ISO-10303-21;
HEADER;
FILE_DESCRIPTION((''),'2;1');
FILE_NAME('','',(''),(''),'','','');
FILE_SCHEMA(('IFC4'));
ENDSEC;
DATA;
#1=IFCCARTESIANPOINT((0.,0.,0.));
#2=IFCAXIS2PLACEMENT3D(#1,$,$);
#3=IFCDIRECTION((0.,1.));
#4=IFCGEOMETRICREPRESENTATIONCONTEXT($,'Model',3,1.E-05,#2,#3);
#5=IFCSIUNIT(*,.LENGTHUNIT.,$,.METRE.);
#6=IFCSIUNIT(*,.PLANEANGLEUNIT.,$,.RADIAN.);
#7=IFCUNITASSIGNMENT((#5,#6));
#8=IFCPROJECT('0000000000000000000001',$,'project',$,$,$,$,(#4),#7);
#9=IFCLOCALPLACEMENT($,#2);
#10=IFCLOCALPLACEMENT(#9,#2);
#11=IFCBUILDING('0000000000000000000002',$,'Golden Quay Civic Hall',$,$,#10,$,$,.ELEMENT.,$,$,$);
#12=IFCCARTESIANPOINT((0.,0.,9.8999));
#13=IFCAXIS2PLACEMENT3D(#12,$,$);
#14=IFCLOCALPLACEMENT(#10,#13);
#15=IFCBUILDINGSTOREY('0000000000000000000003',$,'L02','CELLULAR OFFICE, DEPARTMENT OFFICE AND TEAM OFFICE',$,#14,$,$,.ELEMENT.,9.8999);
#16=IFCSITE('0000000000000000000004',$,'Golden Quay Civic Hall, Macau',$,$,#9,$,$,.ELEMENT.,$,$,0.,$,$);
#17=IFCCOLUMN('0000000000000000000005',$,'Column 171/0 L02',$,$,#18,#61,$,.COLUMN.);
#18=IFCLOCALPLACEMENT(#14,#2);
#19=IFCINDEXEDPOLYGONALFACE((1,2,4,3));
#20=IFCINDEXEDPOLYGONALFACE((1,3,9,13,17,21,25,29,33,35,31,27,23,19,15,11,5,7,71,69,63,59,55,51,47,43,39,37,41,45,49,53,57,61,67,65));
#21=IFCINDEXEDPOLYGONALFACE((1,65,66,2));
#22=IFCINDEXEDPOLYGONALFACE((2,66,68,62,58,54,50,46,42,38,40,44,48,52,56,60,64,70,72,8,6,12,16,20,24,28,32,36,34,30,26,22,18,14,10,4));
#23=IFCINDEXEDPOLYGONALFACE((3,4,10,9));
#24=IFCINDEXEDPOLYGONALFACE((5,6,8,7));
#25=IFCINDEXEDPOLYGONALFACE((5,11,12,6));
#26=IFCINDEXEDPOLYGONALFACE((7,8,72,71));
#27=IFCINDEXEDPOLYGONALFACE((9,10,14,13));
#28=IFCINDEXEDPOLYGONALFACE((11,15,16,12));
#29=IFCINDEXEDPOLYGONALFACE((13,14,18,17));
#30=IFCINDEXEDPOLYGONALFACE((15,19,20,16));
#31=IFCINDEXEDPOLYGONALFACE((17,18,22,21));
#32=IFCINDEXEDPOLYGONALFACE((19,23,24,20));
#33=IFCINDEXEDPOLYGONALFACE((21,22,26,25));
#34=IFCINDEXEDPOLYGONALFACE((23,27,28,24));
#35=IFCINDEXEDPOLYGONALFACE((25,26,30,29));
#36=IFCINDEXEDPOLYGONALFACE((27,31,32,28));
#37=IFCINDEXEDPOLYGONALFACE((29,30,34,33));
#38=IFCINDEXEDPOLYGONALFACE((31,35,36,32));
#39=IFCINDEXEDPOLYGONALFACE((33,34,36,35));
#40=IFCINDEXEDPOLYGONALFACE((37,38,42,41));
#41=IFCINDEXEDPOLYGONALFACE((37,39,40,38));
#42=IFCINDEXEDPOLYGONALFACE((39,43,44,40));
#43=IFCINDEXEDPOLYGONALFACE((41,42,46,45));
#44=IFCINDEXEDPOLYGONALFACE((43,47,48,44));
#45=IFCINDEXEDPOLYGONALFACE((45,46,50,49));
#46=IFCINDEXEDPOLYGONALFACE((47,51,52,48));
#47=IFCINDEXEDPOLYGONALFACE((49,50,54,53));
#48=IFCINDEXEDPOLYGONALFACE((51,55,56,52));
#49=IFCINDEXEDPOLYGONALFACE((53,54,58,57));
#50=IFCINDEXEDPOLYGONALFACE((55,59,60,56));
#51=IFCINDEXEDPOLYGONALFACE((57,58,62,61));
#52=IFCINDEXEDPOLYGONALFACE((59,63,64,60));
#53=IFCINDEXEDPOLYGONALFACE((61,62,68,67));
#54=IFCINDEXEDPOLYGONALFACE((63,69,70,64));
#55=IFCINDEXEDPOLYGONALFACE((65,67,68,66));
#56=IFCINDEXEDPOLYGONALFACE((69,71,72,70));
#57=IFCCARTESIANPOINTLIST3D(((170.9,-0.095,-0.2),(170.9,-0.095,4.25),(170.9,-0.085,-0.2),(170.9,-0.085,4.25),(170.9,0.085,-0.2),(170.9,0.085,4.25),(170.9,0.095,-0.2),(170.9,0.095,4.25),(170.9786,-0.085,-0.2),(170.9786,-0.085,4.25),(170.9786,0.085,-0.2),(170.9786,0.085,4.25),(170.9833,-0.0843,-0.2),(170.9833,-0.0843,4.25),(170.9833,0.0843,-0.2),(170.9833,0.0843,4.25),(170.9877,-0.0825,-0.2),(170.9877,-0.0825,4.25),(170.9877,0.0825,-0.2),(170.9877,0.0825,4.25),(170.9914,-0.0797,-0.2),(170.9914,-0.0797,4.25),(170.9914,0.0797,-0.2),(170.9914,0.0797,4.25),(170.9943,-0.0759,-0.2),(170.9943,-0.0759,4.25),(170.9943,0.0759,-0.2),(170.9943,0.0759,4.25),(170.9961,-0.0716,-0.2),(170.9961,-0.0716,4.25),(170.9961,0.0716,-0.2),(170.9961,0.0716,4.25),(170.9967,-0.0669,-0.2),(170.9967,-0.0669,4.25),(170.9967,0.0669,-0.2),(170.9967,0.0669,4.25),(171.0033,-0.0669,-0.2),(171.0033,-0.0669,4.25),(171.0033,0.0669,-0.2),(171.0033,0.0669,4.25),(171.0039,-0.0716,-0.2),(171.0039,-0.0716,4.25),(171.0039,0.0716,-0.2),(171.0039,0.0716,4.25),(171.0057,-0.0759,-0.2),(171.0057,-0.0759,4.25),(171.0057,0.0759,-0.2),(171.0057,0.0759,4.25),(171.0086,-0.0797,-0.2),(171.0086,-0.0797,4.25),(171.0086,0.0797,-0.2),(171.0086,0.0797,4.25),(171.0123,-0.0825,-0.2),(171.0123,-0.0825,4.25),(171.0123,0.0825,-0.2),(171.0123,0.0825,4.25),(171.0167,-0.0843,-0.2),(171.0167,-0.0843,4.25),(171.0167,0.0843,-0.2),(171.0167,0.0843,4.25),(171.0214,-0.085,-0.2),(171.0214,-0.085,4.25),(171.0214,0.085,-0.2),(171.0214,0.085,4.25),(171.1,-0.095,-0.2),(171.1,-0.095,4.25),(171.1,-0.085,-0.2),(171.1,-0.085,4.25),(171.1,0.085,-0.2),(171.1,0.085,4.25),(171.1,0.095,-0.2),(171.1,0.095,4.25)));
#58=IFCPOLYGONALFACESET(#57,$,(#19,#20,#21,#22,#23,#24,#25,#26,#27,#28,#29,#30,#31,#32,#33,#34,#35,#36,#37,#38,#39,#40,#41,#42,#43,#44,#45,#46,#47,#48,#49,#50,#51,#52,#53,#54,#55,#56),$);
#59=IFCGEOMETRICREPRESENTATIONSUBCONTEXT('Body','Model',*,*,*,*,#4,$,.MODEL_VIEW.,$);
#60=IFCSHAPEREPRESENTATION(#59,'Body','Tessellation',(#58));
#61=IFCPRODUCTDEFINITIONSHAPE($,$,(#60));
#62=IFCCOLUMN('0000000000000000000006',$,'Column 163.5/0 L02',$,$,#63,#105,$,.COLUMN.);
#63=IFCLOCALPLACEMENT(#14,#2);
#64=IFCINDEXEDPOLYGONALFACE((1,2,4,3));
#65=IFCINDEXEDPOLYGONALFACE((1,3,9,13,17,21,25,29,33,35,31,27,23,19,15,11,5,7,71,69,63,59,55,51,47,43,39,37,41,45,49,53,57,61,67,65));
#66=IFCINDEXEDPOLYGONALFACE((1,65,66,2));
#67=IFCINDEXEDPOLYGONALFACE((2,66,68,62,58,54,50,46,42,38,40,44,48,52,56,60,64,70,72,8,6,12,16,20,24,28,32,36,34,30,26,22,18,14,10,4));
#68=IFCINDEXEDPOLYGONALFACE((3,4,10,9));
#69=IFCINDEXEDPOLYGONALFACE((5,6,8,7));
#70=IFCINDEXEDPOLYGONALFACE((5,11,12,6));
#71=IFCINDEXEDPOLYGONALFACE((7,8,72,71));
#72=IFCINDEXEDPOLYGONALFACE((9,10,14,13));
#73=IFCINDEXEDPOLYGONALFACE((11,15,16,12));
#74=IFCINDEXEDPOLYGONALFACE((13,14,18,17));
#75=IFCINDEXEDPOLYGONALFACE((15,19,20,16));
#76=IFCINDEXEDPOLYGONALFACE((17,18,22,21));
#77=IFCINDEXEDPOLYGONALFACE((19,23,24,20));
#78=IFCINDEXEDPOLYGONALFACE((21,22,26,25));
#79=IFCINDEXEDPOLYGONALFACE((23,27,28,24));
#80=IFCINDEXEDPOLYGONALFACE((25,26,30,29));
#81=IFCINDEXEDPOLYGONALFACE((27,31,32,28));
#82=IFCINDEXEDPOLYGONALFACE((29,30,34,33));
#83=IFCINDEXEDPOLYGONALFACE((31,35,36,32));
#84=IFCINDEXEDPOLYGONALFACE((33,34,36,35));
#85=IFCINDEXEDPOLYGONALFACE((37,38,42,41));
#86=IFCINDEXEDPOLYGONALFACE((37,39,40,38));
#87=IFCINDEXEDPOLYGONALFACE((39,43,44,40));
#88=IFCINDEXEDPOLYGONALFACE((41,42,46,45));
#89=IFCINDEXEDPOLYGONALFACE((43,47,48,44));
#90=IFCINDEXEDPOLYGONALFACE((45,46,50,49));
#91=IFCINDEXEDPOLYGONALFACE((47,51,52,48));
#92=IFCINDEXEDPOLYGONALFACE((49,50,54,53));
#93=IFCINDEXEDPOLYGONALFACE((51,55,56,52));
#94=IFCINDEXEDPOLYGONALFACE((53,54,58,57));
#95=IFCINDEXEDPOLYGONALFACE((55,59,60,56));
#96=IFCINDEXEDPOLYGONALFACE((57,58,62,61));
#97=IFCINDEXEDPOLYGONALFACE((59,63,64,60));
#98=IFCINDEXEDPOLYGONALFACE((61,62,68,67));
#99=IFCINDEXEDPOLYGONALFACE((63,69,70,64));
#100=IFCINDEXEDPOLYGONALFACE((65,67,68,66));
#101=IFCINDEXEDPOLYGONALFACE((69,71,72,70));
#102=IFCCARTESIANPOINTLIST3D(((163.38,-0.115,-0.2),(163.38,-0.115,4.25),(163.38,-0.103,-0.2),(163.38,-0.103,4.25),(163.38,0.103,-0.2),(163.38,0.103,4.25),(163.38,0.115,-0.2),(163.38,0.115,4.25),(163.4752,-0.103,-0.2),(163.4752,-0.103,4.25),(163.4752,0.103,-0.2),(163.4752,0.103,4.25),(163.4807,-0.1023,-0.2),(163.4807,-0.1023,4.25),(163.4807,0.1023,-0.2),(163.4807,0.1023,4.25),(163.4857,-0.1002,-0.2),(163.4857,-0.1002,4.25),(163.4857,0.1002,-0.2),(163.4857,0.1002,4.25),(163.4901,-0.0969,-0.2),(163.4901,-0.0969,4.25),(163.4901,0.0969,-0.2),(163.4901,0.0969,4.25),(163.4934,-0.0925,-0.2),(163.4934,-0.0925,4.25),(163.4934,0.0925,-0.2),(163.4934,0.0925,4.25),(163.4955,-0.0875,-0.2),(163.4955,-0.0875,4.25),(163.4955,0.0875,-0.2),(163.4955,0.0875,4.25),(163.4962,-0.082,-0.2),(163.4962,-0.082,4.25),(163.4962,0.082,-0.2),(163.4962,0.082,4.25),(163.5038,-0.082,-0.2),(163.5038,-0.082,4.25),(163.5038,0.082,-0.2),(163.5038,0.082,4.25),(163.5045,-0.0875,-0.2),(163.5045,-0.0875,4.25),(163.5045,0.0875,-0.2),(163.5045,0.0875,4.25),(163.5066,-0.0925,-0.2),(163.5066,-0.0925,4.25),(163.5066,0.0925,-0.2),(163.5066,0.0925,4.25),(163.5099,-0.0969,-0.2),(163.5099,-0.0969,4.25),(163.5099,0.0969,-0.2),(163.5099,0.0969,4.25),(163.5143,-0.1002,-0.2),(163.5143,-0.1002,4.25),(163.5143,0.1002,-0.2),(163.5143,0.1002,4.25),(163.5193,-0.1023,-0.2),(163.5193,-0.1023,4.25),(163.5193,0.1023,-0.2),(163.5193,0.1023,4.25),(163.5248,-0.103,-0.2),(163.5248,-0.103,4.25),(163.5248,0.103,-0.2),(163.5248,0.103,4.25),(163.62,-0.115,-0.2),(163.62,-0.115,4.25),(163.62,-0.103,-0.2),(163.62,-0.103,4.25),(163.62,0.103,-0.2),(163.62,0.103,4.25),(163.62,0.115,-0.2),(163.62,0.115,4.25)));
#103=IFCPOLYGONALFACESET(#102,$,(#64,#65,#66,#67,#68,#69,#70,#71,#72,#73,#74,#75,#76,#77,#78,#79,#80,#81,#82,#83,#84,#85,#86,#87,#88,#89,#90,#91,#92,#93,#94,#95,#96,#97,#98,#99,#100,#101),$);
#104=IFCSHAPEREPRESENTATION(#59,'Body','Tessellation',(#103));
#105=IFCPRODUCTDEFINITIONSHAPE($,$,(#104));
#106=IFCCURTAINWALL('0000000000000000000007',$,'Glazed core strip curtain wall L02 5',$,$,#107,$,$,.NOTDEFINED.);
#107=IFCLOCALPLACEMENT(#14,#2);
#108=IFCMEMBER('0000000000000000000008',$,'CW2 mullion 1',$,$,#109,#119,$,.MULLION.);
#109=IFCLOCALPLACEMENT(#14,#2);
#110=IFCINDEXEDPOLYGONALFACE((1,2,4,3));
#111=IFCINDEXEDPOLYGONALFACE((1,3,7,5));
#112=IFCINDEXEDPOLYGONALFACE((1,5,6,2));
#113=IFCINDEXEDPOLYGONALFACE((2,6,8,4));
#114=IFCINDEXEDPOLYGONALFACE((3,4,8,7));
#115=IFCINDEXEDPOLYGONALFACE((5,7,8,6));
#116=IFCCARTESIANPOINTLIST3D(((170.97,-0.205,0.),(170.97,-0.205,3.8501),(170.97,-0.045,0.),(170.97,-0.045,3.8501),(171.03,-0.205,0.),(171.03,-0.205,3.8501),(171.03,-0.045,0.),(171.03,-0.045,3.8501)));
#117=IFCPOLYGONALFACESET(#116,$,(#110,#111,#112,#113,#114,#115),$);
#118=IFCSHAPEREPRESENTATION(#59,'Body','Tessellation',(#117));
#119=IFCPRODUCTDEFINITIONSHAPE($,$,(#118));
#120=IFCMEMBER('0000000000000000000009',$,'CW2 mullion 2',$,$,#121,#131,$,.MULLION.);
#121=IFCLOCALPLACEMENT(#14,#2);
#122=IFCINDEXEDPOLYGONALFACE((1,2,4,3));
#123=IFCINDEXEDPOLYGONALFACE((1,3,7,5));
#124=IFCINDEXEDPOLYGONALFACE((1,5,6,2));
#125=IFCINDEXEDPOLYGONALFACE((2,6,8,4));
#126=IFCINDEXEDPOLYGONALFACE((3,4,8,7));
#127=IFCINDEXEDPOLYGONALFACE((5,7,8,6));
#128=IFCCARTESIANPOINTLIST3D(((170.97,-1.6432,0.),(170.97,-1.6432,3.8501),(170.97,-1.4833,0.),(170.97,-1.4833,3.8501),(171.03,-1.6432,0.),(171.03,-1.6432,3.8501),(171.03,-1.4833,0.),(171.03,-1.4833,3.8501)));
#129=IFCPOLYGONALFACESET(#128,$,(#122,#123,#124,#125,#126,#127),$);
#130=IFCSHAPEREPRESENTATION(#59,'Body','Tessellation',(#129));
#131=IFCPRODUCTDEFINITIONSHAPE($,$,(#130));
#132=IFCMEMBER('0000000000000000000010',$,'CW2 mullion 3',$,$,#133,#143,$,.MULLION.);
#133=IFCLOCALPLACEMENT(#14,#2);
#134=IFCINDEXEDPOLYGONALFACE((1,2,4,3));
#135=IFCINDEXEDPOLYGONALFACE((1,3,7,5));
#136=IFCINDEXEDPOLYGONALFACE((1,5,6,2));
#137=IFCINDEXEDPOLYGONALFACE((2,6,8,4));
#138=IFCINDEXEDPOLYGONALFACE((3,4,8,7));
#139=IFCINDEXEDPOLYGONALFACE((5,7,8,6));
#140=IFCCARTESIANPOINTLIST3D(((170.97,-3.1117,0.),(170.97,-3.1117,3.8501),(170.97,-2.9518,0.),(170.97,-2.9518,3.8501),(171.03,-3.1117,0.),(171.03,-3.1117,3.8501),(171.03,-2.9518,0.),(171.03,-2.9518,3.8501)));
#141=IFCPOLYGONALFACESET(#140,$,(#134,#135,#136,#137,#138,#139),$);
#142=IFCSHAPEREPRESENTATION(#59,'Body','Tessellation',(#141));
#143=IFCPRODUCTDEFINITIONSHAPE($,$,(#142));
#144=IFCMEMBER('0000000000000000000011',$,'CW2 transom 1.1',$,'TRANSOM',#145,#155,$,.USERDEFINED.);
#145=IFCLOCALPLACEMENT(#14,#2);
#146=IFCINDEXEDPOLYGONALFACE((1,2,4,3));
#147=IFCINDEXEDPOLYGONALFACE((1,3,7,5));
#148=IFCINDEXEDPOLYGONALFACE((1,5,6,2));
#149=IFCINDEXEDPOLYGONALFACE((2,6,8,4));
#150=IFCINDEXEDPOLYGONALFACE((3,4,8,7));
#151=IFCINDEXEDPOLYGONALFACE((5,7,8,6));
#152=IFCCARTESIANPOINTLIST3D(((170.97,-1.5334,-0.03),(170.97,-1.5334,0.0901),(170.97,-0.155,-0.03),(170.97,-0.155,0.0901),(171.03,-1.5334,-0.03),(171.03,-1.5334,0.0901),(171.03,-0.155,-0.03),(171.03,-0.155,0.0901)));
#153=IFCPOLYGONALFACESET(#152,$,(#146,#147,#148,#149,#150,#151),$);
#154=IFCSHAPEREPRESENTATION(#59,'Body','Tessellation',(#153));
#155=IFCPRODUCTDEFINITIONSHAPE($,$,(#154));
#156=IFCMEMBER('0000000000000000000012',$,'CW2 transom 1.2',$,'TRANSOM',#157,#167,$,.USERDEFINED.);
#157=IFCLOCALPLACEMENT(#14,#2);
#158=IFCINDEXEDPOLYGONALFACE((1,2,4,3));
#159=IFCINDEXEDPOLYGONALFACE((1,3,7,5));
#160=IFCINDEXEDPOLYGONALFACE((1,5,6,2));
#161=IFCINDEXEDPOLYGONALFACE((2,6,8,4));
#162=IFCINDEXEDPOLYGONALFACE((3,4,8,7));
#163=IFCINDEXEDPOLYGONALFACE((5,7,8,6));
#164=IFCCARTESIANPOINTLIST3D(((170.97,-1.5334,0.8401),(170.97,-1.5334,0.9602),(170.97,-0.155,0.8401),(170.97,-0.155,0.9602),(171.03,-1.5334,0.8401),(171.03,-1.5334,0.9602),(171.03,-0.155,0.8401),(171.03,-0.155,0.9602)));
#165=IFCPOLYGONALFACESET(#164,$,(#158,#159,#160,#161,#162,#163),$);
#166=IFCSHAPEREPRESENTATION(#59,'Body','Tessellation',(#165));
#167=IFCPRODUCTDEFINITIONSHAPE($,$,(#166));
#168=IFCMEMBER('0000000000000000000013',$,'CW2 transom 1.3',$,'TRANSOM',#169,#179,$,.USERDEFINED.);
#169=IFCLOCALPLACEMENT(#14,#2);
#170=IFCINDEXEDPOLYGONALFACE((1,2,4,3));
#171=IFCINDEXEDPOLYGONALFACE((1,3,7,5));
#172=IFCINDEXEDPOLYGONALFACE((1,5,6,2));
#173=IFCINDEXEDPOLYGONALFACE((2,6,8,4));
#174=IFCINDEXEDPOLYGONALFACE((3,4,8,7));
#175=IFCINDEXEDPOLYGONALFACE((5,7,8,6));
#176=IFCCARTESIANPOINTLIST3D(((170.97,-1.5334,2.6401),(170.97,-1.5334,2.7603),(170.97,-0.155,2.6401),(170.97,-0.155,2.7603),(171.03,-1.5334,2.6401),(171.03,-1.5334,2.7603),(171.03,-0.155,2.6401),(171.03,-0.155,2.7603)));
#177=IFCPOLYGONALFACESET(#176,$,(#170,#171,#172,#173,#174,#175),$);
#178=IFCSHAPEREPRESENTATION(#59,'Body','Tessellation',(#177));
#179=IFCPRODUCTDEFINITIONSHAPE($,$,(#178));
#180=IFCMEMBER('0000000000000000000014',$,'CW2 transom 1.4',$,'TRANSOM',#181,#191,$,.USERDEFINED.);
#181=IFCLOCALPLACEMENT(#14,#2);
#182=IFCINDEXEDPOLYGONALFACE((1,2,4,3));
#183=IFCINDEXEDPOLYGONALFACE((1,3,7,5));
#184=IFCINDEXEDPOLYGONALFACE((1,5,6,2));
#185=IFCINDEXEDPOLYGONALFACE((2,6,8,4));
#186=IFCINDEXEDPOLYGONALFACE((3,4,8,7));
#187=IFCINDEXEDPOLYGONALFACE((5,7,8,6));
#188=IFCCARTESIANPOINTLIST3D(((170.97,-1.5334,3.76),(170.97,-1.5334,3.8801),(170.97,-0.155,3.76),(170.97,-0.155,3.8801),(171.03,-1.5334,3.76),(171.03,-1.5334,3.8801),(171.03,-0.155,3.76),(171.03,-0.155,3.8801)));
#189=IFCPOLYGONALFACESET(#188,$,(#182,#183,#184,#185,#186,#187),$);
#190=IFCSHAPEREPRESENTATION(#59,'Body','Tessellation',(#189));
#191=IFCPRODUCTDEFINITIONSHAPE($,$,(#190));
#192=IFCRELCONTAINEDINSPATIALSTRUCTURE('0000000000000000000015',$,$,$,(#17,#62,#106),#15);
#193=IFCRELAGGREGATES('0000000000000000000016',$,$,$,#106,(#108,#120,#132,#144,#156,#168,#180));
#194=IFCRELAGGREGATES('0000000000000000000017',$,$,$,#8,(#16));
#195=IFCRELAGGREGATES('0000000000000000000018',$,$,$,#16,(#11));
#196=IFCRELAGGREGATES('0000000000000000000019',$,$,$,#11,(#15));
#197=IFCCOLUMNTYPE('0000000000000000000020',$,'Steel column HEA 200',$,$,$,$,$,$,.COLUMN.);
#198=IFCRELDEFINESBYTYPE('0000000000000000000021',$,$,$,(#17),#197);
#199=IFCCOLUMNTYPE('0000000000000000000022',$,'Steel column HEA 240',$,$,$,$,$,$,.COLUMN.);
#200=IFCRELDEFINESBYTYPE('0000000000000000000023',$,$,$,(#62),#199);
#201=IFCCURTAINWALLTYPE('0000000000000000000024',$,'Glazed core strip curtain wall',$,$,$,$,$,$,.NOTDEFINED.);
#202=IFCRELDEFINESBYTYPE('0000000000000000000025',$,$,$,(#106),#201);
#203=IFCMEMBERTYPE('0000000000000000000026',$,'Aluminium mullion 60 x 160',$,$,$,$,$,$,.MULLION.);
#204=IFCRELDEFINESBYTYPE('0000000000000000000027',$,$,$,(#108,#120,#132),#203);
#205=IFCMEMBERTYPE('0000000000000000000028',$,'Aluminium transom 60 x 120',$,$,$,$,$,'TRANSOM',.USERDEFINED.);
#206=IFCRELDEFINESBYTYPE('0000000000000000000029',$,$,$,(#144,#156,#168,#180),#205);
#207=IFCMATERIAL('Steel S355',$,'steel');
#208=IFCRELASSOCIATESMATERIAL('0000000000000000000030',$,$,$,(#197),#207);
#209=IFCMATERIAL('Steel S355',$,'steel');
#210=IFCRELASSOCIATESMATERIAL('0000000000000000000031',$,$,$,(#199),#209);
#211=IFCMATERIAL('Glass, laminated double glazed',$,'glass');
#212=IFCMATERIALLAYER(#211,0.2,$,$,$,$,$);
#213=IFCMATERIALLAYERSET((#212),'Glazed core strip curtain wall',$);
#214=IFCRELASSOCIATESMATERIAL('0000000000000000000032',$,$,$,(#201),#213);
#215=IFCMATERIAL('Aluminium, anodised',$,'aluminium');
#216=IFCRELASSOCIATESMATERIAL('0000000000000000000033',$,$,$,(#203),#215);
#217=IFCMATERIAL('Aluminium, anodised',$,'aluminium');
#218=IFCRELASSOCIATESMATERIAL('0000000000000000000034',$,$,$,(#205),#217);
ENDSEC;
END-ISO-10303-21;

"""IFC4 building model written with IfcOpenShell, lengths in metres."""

from ifc_helpers import new_model, si_unit, direction, frame, origin, origin_2d, place, context, subcontext, project, spatial, rectangle, i_section, extrude, material, layer, layer_set, material_profile, profile_set, type_object, element, aggregate, save


model = new_model("IFC4")

# Units and contexts
model_context = context("Model", 3, precision=1e-05, world=origin(), true_north=direction((0.0, 1.0)))
body_context = subcontext(model_context, "Body", "Model", "MODEL_VIEW")
ifc_project = project(units=[si_unit("LENGTHUNIT", "METRE"), si_unit("PLANEANGLEUNIT", "RADIAN")], contexts=[model_context])

# Site, building, storey
site_placement = place(None, origin())
site = spatial("IfcSite", under=ifc_project, at=site_placement, Name="Golden Quay Civic Hall, Macau", CompositionType="ELEMENT", RefElevation=0.0)
building_placement = place(site_placement, origin())
building = spatial("IfcBuilding", under=site, at=building_placement, Name="Golden Quay Civic Hall", CompositionType="ELEMENT")
storey_placement = place(building_placement, frame((0.0, 0.0, 9.8999)))
storey = spatial("IfcBuildingStorey", under=building, at=storey_placement, Name="L02", Description="CELLULAR OFFICE, DEPARTMENT OFFICE AND TEAM OFFICE", CompositionType="ELEMENT", Elevation=9.8999)

# Columns
ifc_material_1 = material(Name="Steel S355", Category="steel")
ifc_material_profile_1 = material_profile(ifc_material_1, i_section(OverallWidth=0.2, OverallDepth=0.1899, WebThickness=0.0066, FlangeThickness=0.01, FilletRadius=0.0181, at=origin_2d()), Name="HEA 200")
ifc_profile_set_1 = profile_set([ifc_material_profile_1], Name="Steel S355")
column_type_1 = type_object("IfcColumnType", Name="Steel column HEA 200", PredefinedType="COLUMN", material=ifc_profile_set_1)
column_1_placement = place(storey_placement, frame((171.0, 0.0, -0.2), z_axis=(0.0, 0.0, 1.0), x_axis=(1.0, 0.0, 0.0)))
element("IfcColumn", 1, at=column_1_placement, inside=storey, type_object=column_type_1, Name="Column 171/0 L02", PredefinedType="COLUMN", context=body_context, shape_type="SweptSolid", body=[
    extrude(i_section(OverallWidth=0.2, OverallDepth=0.1899, WebThickness=0.0066, FlangeThickness=0.01, FilletRadius=0.0181, at=origin_2d()), origin(), (0.0, 0.0, 1.0), 4.45),
])
ifc_material_2 = material(Name="Steel S355", Category="steel")
ifc_material_profile_2 = material_profile(ifc_material_2, i_section(OverallWidth=0.24, OverallDepth=0.23, WebThickness=0.0076, FlangeThickness=0.012, FilletRadius=0.021, at=origin_2d()), Name="HEA 240")
ifc_profile_set_2 = profile_set([ifc_material_profile_2], Name="Steel S355")
column_type_2 = type_object("IfcColumnType", Name="Steel column HEA 240", PredefinedType="COLUMN", material=ifc_profile_set_2)
column_2_placement = place(storey_placement, frame((163.5, 0.0, -0.2), z_axis=(0.0, 0.0, 1.0), x_axis=(1.0, 0.0, 0.0)))
element("IfcColumn", 2, at=column_2_placement, inside=storey, type_object=column_type_2, Name="Column 163.5/0 L02", PredefinedType="COLUMN", context=body_context, shape_type="SweptSolid", body=[
    extrude(i_section(OverallWidth=0.24, OverallDepth=0.23, WebThickness=0.0076, FlangeThickness=0.012, FilletRadius=0.021, at=origin_2d()), origin(), (0.0, 0.0, 1.0), 4.45),
])

# Curtain wall, members
ifc_material_3 = material(Name="Glass, laminated double glazed", Category="glass")
ifc_layer_1 = layer(ifc_material_3, 0.2)
ifc_layer_set_1 = layer_set([ifc_layer_1], Name="Glazed core strip curtain wall")
curtain_wall_type = type_object("IfcCurtainWallType", Name="Glazed core strip curtain wall", PredefinedType="NOTDEFINED", material=ifc_layer_set_1)
curtain_wall_placement = place(storey_placement, origin())
curtain_wall = element("IfcCurtainWall", 3, at=curtain_wall_placement, inside=storey, type_object=curtain_wall_type, Name="Glazed core strip curtain wall L02 5", PredefinedType="NOTDEFINED")
ifc_material_4 = material(Name="Aluminium, anodised", Category="aluminium")
ifc_material_profile_3 = material_profile(ifc_material_4, rectangle(XDim=0.0601, YDim=0.1599, at=origin_2d()), Name="Aluminium 60 x 160")
ifc_profile_set_3 = profile_set([ifc_material_profile_3], Name="Aluminium, anodised")
member_type_1 = type_object("IfcMemberType", Name="Aluminium mullion 60 x 160", PredefinedType="MULLION", material=ifc_profile_set_3)
member_1_placement = place(storey_placement, frame((171.0, -0.125, 0.0), z_axis=(0.0, 0.0, 1.0), x_axis=(1.0, 0.0, 0.0)))
member_1 = element("IfcMember", 4, at=member_1_placement, type_object=member_type_1, Name="CW2 mullion 1", PredefinedType="MULLION", context=body_context, shape_type="SweptSolid", body=[
    extrude(rectangle(XDim=0.0601, YDim=0.1599, at=origin_2d()), origin(), (0.0, 0.0, 1.0), 3.8501),
])
member_2_placement = place(storey_placement, frame((171.0, -1.5632, 0.0), z_axis=(0.0, 0.0, 1.0), x_axis=(1.0, 0.0, 0.0)))
member_2 = element("IfcMember", 5, at=member_2_placement, type_object=member_type_1, Name="CW2 mullion 2", PredefinedType="MULLION", context=body_context, shape_type="SweptSolid", body=[
    extrude(rectangle(XDim=0.0601, YDim=0.1599, at=origin_2d()), origin(), (0.0, 0.0, 1.0), 3.8501),
])
member_3_placement = place(storey_placement, frame((171.0, -3.0317, 0.0), z_axis=(0.0, 0.0, 1.0), x_axis=(1.0, 0.0, 0.0)))
member_3 = element("IfcMember", 6, at=member_3_placement, type_object=member_type_1, Name="CW2 mullion 3", PredefinedType="MULLION", context=body_context, shape_type="SweptSolid", body=[
    extrude(rectangle(XDim=0.0601, YDim=0.1599, at=origin_2d()), origin(), (0.0, 0.0, 1.0), 3.8501),
])
ifc_material_5 = material(Name="Aluminium, anodised", Category="aluminium")
ifc_material_profile_4 = material_profile(ifc_material_5, rectangle(XDim=0.0601, YDim=0.1201, at=origin_2d()), Name="Aluminium 60 x 120")
ifc_profile_set_4 = profile_set([ifc_material_profile_4], Name="Aluminium, anodised")
member_type_2 = type_object("IfcMemberType", Name="Aluminium transom 60 x 120", ElementType="TRANSOM", PredefinedType="USERDEFINED", material=ifc_profile_set_4)
member_4_placement = place(storey_placement, frame((171.0, -0.155, 0.03), z_axis=(0.0, -1.0, 0.0), x_axis=(1.0, 0.0, 0.0)))
member_4 = element("IfcMember", 7, at=member_4_placement, type_object=member_type_2, Name="CW2 transom 1.1", ObjectType="TRANSOM", PredefinedType="USERDEFINED", context=body_context, shape_type="SweptSolid", body=[
    extrude(rectangle(XDim=0.0601, YDim=0.1201, at=origin_2d()), origin(), (0.0, 0.0, 1.0), 1.3784),
])
member_5_placement = place(storey_placement, frame((171.0, -0.155, 0.9001), z_axis=(0.0, -1.0, 0.0), x_axis=(1.0, 0.0, 0.0)))
member_5 = element("IfcMember", 8, at=member_5_placement, type_object=member_type_2, Name="CW2 transom 1.2", ObjectType="TRANSOM", PredefinedType="USERDEFINED", context=body_context, shape_type="SweptSolid", body=[
    extrude(rectangle(XDim=0.0601, YDim=0.1201, at=origin_2d()), origin(), (0.0, 0.0, 1.0), 1.3784),
])
member_6_placement = place(storey_placement, frame((171.0, -0.155, 2.7002), z_axis=(0.0, -1.0, 0.0), x_axis=(1.0, 0.0, 0.0)))
member_6 = element("IfcMember", 9, at=member_6_placement, type_object=member_type_2, Name="CW2 transom 1.3", ObjectType="TRANSOM", PredefinedType="USERDEFINED", context=body_context, shape_type="SweptSolid", body=[
    extrude(rectangle(XDim=0.0601, YDim=0.1201, at=origin_2d()), origin(), (0.0, 0.0, 1.0), 1.3784),
])
member_7_placement = place(storey_placement, frame((171.0, -0.155, 3.8201), z_axis=(0.0, -1.0, 0.0), x_axis=(1.0, 0.0, 0.0)))
member_7 = element("IfcMember", 10, at=member_7_placement, type_object=member_type_2, Name="CW2 transom 1.4", ObjectType="TRANSOM", PredefinedType="USERDEFINED", context=body_context, shape_type="SweptSolid", body=[
    extrude(rectangle(XDim=0.0601, YDim=0.1201, at=origin_2d()), origin(), (0.0, 0.0, 1.0), 1.3784),
])

aggregate(curtain_wall, [member_1, member_2, member_3, member_4, member_5, member_6, member_7])

save(model, "model.ifc")
